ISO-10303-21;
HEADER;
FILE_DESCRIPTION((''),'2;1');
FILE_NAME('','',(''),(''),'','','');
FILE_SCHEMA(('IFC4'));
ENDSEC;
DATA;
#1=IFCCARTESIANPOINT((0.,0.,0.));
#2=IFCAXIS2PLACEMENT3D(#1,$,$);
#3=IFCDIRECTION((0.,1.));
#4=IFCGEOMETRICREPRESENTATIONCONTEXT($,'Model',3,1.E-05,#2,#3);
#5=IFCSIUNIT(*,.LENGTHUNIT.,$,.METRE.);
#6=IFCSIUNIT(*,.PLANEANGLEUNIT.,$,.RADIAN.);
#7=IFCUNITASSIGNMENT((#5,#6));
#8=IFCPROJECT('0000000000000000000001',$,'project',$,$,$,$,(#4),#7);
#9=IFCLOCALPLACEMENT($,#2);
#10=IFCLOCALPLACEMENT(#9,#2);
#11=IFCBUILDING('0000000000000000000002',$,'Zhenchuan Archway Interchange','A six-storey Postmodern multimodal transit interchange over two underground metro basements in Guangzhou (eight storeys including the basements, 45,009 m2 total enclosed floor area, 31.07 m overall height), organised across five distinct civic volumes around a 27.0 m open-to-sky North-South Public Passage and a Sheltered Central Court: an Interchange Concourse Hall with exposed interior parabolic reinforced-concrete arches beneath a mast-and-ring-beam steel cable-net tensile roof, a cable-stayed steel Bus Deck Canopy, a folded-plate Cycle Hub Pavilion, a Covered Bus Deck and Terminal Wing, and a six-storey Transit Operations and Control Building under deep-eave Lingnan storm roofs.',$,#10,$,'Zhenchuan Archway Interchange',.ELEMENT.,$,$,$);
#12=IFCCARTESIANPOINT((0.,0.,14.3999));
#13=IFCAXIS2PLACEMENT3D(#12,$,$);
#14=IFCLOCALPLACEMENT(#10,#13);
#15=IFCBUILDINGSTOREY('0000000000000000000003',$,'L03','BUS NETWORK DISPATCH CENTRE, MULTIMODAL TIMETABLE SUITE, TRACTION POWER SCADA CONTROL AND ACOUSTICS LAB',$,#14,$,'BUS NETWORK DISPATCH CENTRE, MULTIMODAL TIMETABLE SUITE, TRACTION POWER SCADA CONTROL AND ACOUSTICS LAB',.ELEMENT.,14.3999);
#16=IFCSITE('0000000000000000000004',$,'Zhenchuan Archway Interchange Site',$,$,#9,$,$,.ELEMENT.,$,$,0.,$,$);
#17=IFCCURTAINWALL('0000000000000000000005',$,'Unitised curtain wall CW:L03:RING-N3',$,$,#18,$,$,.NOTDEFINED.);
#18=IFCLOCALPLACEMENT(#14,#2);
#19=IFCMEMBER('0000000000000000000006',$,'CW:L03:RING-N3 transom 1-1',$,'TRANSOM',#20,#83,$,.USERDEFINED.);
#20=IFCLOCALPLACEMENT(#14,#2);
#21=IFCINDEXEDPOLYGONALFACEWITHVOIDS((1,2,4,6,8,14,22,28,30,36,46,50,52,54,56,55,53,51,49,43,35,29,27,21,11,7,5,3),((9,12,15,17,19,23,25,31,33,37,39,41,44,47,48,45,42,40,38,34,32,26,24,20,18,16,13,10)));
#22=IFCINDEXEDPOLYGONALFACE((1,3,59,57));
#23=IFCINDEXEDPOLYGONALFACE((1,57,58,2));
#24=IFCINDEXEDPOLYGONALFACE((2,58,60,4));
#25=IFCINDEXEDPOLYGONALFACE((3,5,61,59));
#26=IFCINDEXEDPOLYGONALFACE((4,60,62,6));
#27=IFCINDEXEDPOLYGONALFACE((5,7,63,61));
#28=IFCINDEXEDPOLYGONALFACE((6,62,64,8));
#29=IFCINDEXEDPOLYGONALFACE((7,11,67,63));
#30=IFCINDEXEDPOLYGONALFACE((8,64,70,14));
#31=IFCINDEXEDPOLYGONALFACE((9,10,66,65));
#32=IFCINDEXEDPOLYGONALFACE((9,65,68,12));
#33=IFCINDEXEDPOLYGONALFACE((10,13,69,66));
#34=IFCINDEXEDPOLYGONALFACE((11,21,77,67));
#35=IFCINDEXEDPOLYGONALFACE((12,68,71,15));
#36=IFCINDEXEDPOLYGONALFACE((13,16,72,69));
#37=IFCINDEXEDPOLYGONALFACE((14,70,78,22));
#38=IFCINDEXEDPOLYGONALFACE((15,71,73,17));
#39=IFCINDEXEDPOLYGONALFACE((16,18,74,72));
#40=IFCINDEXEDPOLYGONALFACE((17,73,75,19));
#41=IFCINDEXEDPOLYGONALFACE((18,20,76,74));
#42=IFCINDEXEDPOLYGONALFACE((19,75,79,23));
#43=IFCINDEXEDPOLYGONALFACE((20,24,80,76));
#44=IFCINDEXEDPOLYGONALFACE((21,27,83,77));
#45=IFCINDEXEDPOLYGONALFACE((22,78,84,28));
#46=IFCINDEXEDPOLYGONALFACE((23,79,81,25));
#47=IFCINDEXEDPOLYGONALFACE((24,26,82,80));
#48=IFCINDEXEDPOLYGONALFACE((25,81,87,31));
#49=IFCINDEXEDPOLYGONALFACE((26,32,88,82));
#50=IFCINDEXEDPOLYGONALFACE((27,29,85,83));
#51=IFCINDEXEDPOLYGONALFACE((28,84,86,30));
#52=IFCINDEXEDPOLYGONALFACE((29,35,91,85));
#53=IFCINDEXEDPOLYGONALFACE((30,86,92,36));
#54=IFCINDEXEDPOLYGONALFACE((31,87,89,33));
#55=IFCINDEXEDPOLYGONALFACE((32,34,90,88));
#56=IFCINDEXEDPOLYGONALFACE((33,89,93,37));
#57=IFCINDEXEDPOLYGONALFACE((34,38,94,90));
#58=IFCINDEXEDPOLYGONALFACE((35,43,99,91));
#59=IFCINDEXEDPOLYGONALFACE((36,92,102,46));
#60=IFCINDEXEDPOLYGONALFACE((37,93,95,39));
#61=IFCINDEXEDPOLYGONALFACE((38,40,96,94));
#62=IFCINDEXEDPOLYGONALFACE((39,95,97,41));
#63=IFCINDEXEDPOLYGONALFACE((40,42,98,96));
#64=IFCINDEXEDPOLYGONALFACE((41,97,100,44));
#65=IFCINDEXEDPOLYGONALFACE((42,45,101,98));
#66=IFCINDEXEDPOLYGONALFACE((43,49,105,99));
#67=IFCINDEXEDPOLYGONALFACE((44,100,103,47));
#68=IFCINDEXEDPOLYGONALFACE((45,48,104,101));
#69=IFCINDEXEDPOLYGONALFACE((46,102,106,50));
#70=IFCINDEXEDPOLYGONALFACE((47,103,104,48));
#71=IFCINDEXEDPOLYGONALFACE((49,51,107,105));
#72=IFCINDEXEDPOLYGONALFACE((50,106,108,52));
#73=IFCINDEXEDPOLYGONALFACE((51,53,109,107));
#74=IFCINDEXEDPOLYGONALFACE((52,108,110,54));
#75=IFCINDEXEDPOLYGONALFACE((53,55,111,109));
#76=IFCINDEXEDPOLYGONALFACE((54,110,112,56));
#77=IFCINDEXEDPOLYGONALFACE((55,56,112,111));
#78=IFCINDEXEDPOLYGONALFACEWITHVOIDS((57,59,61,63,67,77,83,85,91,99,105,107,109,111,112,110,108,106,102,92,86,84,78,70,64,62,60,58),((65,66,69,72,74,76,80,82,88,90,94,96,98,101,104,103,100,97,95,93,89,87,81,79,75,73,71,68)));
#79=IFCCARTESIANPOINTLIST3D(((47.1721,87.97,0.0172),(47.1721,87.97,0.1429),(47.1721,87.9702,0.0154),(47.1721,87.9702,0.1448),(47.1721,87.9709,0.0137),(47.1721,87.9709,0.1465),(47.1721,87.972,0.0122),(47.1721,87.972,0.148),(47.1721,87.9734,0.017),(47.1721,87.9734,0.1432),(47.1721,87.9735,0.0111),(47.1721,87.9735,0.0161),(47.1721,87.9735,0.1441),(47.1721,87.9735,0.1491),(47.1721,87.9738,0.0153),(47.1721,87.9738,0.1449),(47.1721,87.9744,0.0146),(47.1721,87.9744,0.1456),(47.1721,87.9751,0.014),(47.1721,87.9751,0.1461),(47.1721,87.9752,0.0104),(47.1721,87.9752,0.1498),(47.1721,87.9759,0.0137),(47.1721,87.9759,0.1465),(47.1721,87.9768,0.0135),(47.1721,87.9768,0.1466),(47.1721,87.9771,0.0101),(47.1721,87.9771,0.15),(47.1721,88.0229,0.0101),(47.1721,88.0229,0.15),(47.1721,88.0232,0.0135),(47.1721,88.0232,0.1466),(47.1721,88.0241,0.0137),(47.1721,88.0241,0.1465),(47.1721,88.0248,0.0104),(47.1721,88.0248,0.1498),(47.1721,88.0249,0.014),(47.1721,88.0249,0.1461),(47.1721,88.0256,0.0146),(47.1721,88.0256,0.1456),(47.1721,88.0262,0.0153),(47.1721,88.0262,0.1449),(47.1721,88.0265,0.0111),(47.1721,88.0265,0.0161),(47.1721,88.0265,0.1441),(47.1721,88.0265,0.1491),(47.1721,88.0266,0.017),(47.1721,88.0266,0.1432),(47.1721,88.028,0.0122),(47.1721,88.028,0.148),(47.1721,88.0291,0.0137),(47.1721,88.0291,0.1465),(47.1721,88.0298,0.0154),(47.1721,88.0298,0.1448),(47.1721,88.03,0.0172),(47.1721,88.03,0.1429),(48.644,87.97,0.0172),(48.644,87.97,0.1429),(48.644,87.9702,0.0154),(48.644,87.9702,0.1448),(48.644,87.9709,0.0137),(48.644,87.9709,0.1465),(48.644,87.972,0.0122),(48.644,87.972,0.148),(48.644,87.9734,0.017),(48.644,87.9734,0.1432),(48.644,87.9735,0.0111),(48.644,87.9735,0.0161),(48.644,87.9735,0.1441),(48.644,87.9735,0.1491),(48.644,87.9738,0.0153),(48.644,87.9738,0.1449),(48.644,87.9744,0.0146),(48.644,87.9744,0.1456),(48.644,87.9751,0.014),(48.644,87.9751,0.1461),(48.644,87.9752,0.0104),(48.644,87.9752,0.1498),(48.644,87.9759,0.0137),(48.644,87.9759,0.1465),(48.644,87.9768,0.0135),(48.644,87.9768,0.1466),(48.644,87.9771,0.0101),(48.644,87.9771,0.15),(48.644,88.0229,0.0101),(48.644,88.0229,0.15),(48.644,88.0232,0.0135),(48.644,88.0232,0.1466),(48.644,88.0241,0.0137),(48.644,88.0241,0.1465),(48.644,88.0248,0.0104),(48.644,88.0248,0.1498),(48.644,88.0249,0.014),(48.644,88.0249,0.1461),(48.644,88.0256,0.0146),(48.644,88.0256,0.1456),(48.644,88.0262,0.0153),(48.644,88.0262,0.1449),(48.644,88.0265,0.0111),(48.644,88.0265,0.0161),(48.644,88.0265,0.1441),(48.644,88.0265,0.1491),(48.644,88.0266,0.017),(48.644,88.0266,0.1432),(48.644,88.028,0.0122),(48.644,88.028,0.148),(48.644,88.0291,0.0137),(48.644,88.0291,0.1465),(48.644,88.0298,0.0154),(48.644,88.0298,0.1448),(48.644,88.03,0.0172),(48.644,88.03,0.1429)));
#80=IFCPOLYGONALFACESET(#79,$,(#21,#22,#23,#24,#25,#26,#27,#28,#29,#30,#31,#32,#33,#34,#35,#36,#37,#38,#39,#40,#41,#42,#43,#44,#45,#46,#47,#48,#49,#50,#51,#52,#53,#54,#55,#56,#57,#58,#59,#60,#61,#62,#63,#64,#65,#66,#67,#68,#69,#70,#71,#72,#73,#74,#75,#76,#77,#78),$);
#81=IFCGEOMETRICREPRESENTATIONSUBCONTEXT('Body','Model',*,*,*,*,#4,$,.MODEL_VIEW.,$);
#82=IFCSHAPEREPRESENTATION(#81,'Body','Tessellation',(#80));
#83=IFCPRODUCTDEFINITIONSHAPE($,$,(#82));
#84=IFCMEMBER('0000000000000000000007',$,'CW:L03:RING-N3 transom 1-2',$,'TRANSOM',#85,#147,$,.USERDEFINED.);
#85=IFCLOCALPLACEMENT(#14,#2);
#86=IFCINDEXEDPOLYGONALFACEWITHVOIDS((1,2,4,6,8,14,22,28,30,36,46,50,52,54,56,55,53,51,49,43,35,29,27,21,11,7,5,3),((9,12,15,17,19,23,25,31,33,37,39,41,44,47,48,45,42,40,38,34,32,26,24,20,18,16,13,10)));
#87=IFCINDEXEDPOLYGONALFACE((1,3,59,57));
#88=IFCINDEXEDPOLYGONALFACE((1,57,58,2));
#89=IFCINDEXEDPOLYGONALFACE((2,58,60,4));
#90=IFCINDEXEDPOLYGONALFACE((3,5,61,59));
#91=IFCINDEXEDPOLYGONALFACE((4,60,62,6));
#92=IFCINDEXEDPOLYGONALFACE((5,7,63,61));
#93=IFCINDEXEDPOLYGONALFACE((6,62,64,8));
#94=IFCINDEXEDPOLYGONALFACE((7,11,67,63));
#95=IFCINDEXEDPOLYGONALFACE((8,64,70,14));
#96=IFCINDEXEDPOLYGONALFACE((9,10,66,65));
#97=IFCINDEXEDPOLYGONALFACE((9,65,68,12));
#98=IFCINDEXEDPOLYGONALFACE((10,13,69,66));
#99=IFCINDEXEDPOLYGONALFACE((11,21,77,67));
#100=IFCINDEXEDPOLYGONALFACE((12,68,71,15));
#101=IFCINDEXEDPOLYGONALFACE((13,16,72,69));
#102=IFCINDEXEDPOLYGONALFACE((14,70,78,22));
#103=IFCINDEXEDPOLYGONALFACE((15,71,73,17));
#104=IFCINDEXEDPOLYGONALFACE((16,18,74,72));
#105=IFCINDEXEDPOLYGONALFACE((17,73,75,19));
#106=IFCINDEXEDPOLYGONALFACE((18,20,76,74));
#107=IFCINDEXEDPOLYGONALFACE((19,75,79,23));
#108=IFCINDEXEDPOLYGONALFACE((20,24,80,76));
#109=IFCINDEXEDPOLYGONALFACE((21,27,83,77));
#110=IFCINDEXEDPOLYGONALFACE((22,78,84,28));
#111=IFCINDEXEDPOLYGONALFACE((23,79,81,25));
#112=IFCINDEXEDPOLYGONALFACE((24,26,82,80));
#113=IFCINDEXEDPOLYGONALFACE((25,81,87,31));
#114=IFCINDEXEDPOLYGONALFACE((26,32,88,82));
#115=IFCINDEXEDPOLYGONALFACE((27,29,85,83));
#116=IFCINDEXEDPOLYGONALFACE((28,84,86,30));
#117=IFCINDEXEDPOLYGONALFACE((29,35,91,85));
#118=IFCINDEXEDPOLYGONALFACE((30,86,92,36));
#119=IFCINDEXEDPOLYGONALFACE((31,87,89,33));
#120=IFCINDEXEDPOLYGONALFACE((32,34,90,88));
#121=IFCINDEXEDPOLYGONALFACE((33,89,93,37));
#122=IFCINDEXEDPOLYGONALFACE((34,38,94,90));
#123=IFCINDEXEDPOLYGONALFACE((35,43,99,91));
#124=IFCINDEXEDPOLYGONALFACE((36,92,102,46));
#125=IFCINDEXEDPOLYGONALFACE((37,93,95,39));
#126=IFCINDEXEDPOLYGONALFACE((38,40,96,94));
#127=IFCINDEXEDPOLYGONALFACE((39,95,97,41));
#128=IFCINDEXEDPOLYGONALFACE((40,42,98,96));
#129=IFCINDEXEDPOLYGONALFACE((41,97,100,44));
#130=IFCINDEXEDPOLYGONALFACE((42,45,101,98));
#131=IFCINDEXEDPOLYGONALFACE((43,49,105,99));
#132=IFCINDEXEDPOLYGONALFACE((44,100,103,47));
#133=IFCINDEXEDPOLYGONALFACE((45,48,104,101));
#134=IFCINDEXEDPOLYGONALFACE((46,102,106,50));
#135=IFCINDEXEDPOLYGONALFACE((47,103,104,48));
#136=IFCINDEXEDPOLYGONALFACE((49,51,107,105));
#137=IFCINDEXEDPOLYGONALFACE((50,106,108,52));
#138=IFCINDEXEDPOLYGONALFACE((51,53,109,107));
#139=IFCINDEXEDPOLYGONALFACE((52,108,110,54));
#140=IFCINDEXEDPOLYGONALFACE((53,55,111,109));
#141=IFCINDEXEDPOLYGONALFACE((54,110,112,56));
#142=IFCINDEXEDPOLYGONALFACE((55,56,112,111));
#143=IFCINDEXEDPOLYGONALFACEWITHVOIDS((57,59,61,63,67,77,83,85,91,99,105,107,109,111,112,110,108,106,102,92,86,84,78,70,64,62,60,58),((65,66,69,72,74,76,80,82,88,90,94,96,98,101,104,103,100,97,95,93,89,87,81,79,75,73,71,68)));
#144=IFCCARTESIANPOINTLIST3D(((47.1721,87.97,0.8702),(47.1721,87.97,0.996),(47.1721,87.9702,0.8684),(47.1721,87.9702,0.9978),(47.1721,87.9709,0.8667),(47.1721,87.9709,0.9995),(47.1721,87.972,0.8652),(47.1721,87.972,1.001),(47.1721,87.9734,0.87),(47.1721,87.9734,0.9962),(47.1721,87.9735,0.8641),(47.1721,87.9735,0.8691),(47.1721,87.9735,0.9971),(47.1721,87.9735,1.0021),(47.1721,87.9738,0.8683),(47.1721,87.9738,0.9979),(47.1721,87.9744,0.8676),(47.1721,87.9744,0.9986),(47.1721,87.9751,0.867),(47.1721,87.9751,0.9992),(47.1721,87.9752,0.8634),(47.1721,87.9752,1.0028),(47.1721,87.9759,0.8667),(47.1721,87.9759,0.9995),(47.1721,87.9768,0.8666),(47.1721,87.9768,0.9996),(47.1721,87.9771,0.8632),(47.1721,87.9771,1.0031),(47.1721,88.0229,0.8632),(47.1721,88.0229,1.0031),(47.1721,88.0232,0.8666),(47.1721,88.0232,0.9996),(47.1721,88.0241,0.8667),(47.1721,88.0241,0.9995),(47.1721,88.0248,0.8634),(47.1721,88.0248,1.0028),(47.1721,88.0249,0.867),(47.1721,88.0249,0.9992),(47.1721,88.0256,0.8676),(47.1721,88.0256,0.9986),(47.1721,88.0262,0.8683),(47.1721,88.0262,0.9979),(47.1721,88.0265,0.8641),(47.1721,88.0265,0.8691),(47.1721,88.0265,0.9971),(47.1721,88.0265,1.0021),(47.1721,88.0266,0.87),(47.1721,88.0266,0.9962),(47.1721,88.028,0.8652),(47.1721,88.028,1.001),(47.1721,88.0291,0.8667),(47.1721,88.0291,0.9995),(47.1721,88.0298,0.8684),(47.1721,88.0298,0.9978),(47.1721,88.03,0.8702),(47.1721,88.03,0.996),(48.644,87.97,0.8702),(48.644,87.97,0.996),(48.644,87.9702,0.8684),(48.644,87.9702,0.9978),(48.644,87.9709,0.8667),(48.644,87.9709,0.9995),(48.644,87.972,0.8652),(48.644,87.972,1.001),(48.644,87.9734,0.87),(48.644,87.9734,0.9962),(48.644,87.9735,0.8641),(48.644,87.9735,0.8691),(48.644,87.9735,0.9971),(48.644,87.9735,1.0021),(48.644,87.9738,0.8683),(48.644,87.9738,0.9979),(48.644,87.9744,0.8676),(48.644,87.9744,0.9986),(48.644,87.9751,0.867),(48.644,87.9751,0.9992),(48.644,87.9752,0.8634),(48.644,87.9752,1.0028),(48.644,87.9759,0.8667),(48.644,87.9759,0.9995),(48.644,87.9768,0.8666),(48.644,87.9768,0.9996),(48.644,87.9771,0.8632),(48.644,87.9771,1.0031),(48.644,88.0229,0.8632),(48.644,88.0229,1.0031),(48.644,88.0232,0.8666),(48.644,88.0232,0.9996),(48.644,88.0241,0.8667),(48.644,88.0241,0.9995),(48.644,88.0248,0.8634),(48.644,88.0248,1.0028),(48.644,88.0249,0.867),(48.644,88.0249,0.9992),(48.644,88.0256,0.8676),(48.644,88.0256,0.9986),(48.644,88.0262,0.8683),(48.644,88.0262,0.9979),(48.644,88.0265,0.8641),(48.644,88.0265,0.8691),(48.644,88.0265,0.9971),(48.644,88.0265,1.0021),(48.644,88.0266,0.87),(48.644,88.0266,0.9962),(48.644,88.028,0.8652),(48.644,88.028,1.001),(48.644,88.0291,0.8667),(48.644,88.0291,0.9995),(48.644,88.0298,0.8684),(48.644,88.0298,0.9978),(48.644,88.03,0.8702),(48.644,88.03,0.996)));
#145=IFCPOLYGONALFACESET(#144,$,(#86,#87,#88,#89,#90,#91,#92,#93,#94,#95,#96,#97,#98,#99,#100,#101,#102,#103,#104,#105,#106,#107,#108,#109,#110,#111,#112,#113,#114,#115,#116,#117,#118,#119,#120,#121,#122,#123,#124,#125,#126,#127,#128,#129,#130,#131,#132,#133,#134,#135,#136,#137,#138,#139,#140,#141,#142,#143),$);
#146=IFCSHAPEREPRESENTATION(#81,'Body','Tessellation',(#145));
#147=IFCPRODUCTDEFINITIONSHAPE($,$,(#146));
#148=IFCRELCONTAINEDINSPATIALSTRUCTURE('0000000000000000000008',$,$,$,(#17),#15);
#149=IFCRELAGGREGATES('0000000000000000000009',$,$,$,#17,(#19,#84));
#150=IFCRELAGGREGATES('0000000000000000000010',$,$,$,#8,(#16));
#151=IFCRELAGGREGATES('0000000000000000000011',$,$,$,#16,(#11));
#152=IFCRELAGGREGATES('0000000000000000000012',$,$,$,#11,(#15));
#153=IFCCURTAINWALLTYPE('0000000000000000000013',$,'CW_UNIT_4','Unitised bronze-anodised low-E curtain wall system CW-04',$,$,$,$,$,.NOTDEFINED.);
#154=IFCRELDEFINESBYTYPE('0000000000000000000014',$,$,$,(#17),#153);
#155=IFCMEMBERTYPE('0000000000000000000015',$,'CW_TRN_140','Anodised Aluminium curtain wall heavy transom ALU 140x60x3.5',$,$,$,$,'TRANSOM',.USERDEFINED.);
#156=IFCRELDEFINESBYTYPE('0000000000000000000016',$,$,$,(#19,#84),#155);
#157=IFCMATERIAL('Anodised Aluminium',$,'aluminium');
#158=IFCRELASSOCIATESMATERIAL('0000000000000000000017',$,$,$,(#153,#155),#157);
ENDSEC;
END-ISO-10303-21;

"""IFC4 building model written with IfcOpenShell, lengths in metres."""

from ifc_helpers import new_model, si_unit, direction, frame, origin, origin_2d, place, context, subcontext, project, spatial, hollow_rectangle, extrude, material, material_profile, profile_set, type_object, element, aggregate, save


model = new_model("IFC4")

# Units and contexts
model_context = context("Model", 3, precision=1e-05, world=origin(), true_north=direction((0.0, 1.0)))
body_context = subcontext(model_context, "Body", "Model", "MODEL_VIEW")
ifc_project = project(units=[si_unit("LENGTHUNIT", "METRE"), si_unit("PLANEANGLEUNIT", "RADIAN")], contexts=[model_context])

# Site, building, storey
site_placement = place(None, origin())
site = spatial("IfcSite", under=ifc_project, at=site_placement, Name="Zhenchuan Archway Interchange Site", CompositionType="ELEMENT", RefElevation=0.0)
building_placement = place(site_placement, origin())
building = spatial("IfcBuilding", under=site, at=building_placement, Name="Zhenchuan Archway Interchange", Description="A six-storey Postmodern multimodal transit interchange over two underground metro basements in Guangzhou (eight storeys including the basements, 45,009 m2 total enclosed floor area, 31.07 m overall height), organised across five distinct civic volumes around a 27.0 m open-to-sky North-South Public Passage and a Sheltered Central Court: an Interchange Concourse Hall with exposed interior parabolic reinforced-concrete arches beneath a mast-and-ring-beam steel cable-net tensile roof, a cable-stayed steel Bus Deck Canopy, a folded-plate Cycle Hub Pavilion, a Covered Bus Deck and Terminal Wing, and a six-storey Transit Operations and Control Building under deep-eave Lingnan storm roofs.", LongName="Zhenchuan Archway Interchange", CompositionType="ELEMENT")
storey_placement = place(building_placement, frame((0.0, 0.0, 14.3999)))
storey = spatial("IfcBuildingStorey", under=building, at=storey_placement, Name="L03", Description="BUS NETWORK DISPATCH CENTRE, MULTIMODAL TIMETABLE SUITE, TRACTION POWER SCADA CONTROL AND ACOUSTICS LAB", LongName="BUS NETWORK DISPATCH CENTRE, MULTIMODAL TIMETABLE SUITE, TRACTION POWER SCADA CONTROL AND ACOUSTICS LAB", CompositionType="ELEMENT", Elevation=14.3999)

# Curtain wall
ifc_material_1 = material(Name="Anodised Aluminium", Category="aluminium")
curtain_wall_type = type_object("IfcCurtainWallType", Name="CW_UNIT_4", Description="Unitised bronze-anodised low-E curtain wall system CW-04", PredefinedType="NOTDEFINED", material=ifc_material_1)
curtain_wall_1_placement = place(storey_placement, origin())
curtain_wall_1 = element("IfcCurtainWall", 1, at=curtain_wall_1_placement, inside=storey, type_object=curtain_wall_type, Name="Unitised curtain wall CW:L03:RING-N3", PredefinedType="NOTDEFINED")

# Members
ifc_material_profile_1 = material_profile(ifc_material_1, hollow_rectangle(XDim=0.0601, YDim=0.1399, WallThickness=0.0034, InnerFilletRadius=0.0034, OuterFilletRadius=0.0071, at=origin_2d()), Name="ALU 140x60x3.5")
ifc_profile_set_1 = profile_set([ifc_material_profile_1], Name="Anodised Aluminium")
member_type_1 = type_object("IfcMemberType", Name="CW_TRN_140", Description="Anodised Aluminium curtain wall heavy transom ALU 140x60x3.5", ElementType="TRANSOM", PredefinedType="USERDEFINED", material=ifc_profile_set_1)
member_1_placement = place(storey_placement, frame((47.1721, 88.0, 0.0801), z_axis=(1.0, 0.0, 0.0), x_axis=(0.0, 1.0, 0.0)))
member_1 = element("IfcMember", 2, at=member_1_placement, type_object=member_type_1, Name="CW:L03:RING-N3 transom 1-1", ObjectType="TRANSOM", PredefinedType="USERDEFINED", context=body_context, shape_type="SweptSolid", body=[
    extrude(hollow_rectangle(XDim=0.0601, YDim=0.1399, WallThickness=0.0034, InnerFilletRadius=0.0034, OuterFilletRadius=0.0071, at=origin_2d()), origin(), (0.0, 0.0, 1.0), 1.4719),
])
member_2_placement = place(storey_placement, frame((47.1721, 88.0, 0.9331), z_axis=(1.0, 0.0, 0.0), x_axis=(0.0, 1.0, 0.0)))
member_2 = element("IfcMember", 3, at=member_2_placement, type_object=member_type_1, Name="CW:L03:RING-N3 transom 1-2", ObjectType="TRANSOM", PredefinedType="USERDEFINED", context=body_context, shape_type="SweptSolid", body=[
    extrude(hollow_rectangle(XDim=0.0601, YDim=0.1399, WallThickness=0.0034, InnerFilletRadius=0.0034, OuterFilletRadius=0.0071, at=origin_2d()), origin(), (0.0, 0.0, 1.0), 1.4719),
])

aggregate(curtain_wall_1, [member_1, member_2])

save(model, "model.ifc")
